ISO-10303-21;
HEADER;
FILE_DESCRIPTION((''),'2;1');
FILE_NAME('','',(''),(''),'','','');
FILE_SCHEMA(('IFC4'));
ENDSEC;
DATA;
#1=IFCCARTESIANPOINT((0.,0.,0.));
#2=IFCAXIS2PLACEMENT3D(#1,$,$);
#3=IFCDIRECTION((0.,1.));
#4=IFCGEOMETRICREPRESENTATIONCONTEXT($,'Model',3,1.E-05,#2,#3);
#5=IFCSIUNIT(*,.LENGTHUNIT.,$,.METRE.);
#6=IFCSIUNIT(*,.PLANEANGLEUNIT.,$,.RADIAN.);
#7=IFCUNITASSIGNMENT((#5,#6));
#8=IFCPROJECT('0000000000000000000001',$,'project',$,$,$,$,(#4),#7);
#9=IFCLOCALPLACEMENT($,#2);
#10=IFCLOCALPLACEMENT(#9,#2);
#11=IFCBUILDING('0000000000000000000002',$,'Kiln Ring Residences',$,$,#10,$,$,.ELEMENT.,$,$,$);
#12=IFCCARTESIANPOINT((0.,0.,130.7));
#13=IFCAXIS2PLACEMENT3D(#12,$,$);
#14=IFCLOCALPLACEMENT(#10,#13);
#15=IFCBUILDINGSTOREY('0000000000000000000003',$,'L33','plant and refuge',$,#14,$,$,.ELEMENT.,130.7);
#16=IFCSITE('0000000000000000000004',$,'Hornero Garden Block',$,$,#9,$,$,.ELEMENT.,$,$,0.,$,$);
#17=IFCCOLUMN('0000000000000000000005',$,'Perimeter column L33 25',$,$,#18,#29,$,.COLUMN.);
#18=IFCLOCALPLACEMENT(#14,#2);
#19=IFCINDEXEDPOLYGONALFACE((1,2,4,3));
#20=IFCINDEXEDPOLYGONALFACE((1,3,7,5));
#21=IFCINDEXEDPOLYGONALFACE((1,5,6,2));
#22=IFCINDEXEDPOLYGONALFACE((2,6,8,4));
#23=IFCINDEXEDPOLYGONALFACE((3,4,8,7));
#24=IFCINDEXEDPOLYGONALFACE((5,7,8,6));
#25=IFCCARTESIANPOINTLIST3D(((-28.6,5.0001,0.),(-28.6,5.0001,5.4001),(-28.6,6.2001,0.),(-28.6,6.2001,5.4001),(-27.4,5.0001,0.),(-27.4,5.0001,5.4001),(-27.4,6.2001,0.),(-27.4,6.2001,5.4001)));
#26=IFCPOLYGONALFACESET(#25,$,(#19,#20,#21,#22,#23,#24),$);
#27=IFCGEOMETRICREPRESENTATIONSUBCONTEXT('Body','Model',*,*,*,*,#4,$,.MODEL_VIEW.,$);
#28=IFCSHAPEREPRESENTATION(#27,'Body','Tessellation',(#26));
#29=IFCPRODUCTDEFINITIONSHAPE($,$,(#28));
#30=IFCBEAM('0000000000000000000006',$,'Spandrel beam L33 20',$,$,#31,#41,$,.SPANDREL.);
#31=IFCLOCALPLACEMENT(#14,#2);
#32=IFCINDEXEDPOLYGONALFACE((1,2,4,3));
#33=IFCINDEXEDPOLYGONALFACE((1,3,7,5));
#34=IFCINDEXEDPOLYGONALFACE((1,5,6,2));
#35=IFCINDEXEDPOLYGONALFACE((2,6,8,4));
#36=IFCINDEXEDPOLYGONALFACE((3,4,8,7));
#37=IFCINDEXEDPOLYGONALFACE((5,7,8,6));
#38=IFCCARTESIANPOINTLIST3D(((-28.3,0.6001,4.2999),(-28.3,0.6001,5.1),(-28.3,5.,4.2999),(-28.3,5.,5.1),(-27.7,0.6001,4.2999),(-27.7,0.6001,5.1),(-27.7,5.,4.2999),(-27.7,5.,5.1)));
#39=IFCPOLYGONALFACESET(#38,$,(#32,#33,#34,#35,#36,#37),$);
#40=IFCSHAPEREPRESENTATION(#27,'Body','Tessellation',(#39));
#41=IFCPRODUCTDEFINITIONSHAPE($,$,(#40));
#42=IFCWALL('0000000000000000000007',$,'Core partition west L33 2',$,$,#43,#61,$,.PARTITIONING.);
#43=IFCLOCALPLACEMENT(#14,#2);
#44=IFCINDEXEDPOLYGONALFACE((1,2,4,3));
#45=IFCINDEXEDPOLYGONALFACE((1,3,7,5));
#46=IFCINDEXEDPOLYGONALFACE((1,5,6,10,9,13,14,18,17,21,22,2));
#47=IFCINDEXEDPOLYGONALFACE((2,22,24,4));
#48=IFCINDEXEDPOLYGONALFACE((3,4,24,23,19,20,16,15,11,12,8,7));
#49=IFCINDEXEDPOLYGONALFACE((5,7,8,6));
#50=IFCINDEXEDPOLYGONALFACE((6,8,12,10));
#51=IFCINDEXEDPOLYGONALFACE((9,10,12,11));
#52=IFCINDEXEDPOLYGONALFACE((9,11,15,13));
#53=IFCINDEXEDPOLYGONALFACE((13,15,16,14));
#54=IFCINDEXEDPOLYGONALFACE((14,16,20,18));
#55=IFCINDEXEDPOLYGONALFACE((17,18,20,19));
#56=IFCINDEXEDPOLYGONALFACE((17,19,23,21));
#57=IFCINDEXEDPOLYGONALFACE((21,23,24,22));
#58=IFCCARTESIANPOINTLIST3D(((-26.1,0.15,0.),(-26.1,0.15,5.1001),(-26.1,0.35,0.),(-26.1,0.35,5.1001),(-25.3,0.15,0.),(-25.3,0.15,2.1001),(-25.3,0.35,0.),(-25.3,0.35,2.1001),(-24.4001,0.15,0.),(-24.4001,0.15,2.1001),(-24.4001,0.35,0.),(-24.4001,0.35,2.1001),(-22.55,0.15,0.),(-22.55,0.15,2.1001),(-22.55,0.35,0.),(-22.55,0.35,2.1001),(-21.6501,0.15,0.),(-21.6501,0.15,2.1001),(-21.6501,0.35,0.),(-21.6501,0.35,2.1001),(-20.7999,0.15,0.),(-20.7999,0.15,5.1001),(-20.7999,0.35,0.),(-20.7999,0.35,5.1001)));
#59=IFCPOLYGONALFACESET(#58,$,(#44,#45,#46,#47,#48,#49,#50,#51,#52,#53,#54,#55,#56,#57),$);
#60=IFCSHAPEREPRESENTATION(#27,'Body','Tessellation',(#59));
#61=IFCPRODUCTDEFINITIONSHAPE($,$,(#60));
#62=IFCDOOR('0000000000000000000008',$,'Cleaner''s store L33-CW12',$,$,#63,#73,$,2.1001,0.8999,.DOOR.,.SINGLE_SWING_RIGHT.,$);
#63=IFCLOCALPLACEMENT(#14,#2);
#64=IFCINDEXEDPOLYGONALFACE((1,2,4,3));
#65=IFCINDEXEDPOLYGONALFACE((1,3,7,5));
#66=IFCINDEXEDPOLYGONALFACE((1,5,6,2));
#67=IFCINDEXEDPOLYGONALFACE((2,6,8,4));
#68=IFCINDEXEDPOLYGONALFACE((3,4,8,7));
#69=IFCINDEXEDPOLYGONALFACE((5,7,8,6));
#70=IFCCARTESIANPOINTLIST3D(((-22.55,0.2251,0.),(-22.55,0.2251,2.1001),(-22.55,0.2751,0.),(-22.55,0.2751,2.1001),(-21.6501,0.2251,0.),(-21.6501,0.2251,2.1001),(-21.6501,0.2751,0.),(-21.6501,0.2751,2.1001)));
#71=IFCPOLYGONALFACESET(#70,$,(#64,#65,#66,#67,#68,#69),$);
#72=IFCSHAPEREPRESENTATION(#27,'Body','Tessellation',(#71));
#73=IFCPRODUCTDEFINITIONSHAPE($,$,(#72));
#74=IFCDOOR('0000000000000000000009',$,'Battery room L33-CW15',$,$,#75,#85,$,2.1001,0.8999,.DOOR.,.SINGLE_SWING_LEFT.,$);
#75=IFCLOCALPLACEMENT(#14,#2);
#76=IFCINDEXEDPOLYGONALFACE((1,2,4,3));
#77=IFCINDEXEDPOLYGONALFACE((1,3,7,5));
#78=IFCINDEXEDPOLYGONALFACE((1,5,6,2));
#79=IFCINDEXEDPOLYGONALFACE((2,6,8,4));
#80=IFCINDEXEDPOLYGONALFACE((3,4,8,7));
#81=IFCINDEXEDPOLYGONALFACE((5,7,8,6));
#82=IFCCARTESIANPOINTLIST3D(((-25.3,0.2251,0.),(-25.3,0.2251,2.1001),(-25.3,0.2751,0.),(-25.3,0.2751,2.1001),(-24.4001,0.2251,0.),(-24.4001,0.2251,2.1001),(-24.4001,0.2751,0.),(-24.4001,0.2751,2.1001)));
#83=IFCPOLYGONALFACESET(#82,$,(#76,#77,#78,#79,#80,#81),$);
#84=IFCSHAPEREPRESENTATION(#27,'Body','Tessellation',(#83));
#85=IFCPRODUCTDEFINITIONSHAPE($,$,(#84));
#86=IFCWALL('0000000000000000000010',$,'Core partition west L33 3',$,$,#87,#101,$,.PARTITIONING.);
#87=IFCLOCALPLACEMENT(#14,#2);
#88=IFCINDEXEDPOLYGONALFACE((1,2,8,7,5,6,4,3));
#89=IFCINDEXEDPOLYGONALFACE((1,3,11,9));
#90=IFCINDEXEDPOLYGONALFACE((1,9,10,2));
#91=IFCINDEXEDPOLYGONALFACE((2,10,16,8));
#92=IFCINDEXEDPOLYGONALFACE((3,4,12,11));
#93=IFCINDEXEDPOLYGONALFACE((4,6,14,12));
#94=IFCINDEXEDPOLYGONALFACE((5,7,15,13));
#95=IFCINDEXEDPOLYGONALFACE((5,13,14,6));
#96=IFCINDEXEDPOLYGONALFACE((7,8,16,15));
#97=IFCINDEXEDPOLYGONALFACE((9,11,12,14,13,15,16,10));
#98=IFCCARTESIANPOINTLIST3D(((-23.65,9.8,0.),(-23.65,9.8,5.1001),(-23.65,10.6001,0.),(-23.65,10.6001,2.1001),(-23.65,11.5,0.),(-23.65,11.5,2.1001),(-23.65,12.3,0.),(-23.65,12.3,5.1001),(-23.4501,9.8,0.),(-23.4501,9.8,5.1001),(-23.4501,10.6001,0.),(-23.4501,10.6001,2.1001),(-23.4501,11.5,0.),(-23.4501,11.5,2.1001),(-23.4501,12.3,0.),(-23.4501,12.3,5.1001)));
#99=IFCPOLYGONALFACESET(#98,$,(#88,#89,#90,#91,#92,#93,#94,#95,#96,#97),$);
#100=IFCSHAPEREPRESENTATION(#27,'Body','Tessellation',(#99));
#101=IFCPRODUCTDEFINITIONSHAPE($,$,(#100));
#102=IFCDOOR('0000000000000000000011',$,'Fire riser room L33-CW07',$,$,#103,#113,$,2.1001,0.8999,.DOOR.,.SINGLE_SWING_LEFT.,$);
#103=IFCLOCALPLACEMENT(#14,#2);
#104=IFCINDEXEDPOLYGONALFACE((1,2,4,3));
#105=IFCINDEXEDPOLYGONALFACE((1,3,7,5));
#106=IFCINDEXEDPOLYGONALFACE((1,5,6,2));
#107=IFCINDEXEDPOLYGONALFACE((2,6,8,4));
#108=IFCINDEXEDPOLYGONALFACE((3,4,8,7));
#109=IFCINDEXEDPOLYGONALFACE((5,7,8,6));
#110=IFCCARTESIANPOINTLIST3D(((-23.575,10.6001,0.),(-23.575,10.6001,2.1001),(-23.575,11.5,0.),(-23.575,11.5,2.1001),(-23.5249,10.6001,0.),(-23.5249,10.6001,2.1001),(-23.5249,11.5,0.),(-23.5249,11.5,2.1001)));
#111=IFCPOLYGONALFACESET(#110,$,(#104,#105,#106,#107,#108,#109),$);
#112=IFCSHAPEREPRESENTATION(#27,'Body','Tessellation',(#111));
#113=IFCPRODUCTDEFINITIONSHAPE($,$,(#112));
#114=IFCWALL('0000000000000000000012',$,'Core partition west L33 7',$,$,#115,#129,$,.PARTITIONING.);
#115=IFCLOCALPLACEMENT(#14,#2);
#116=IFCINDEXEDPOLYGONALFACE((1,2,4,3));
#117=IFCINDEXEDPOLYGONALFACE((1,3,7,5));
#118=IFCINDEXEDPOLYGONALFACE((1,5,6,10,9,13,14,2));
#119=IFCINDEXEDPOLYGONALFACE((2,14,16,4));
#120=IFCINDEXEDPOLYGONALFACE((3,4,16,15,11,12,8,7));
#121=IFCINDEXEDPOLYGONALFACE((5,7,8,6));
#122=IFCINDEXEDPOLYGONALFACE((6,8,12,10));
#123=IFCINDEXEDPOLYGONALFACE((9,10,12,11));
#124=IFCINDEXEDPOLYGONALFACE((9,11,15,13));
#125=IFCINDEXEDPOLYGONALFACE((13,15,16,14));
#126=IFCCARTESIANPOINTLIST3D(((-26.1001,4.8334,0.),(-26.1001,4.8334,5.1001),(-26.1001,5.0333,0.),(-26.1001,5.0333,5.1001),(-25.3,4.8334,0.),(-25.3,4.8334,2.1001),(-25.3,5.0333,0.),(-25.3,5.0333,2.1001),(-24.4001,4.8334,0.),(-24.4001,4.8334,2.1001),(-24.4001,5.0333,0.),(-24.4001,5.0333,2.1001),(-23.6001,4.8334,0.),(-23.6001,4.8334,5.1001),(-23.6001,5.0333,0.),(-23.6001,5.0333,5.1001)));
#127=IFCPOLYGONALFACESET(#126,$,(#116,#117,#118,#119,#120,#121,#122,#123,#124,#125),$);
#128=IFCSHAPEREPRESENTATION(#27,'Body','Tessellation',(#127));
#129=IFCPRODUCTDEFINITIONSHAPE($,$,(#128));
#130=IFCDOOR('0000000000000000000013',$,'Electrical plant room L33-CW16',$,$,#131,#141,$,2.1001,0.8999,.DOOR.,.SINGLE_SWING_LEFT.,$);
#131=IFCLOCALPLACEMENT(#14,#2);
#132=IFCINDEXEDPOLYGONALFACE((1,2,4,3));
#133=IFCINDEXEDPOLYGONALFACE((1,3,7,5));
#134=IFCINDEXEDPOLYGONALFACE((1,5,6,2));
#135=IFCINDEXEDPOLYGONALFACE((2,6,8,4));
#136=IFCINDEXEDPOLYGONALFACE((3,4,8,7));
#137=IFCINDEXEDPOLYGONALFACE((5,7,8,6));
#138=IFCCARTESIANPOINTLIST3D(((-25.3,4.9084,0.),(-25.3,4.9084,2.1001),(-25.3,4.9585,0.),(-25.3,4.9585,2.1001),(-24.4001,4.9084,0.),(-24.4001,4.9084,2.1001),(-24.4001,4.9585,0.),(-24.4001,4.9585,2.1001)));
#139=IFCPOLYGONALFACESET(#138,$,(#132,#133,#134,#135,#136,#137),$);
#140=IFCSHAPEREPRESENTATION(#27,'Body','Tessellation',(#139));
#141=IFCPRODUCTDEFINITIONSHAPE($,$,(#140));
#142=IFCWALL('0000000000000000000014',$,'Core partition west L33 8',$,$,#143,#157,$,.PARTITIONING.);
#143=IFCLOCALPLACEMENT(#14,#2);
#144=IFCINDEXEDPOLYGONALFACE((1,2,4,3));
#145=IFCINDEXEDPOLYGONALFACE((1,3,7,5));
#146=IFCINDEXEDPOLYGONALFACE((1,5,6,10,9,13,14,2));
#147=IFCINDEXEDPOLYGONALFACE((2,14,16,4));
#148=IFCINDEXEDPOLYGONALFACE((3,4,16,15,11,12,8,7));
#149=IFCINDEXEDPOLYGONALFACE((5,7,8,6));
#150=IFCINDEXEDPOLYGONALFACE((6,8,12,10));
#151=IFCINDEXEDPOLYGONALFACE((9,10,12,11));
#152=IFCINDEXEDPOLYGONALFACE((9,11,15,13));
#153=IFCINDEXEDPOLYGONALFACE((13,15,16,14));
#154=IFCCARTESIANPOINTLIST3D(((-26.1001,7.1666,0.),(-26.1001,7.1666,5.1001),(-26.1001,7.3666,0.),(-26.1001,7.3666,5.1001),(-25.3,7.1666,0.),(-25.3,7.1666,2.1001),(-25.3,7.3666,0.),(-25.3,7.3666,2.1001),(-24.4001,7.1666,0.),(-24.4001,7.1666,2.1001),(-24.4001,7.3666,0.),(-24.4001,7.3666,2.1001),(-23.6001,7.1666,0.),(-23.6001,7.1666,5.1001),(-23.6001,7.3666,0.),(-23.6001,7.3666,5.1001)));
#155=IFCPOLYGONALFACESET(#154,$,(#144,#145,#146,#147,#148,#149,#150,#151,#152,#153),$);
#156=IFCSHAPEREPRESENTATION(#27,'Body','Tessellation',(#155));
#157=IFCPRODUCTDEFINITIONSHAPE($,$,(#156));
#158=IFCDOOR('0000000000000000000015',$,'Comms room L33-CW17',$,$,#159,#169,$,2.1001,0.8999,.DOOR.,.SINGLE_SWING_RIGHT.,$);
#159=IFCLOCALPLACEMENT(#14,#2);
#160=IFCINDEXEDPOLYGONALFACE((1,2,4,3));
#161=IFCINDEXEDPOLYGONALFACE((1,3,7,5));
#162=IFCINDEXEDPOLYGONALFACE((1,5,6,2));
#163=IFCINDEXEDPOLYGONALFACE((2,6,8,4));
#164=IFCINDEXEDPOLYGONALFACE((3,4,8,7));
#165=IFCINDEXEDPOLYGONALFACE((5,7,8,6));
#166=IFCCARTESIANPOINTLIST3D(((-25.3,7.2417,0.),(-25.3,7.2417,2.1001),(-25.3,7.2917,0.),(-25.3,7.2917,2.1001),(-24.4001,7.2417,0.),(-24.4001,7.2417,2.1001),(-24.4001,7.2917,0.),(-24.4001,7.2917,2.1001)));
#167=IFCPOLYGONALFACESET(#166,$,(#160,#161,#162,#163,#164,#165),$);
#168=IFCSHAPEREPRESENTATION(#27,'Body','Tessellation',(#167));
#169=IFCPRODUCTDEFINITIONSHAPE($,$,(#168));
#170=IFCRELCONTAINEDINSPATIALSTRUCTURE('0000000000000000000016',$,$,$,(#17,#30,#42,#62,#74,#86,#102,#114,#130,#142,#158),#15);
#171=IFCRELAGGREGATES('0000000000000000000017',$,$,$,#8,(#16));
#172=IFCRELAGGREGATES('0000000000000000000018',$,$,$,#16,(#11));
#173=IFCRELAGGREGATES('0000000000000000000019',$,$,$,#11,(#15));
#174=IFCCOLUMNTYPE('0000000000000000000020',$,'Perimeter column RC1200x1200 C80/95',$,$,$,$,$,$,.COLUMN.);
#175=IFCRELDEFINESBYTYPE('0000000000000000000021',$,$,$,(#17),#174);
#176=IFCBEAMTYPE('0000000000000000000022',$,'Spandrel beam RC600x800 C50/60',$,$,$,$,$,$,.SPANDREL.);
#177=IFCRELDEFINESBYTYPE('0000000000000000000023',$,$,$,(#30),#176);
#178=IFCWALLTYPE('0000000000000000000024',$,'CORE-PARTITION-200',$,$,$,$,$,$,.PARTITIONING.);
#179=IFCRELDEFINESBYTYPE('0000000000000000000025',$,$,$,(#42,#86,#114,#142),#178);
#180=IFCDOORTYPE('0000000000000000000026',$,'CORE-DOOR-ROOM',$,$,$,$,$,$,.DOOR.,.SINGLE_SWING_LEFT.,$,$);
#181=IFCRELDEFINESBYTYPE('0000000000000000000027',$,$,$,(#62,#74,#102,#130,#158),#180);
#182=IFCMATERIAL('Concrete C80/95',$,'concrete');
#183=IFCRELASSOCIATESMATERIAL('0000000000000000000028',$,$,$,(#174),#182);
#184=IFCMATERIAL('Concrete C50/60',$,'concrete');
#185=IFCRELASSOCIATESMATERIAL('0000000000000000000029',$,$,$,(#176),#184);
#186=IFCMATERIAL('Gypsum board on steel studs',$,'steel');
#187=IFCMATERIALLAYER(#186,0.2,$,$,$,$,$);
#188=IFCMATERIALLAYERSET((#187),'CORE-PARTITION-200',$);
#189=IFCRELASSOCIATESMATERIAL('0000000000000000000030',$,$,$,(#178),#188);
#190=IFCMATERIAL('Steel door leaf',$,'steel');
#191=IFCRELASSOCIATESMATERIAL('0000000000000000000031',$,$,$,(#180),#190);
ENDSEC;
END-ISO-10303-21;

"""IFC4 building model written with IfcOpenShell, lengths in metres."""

from ifc_helpers import new_model, si_unit, direction, frame, frame_2d, origin, origin_2d, place, context, subcontext, project, spatial, rectangle, extrude, material, layer, layer_set, material_profile, profile_set, type_object, element, fill, save


model = new_model("IFC4")

# Units and contexts
model_context = context("Model", 3, precision=1e-05, world=origin(), true_north=direction((0.0, 1.0)))
body_context = subcontext(model_context, "Body", "Model", "MODEL_VIEW")
ifc_project = project(units=[si_unit("LENGTHUNIT", "METRE"), si_unit("PLANEANGLEUNIT", "RADIAN")], contexts=[model_context])

# Site, building, storey
site_placement = place(None, origin())
site = spatial("IfcSite", under=ifc_project, at=site_placement, Name="Hornero Garden Block", CompositionType="ELEMENT", RefElevation=0.0)
building_placement = place(site_placement, origin())
building = spatial("IfcBuilding", under=site, at=building_placement, Name="Kiln Ring Residences", CompositionType="ELEMENT")
storey_placement = place(building_placement, frame((0.0, 0.0, 130.7)))
storey = spatial("IfcBuildingStorey", under=building, at=storey_placement, Name="L33", Description="plant and refuge", CompositionType="ELEMENT", Elevation=130.7)

# Column
ifc_material_1 = material(Name="Concrete C80/95", Category="concrete")
ifc_material_profile_1 = material_profile(ifc_material_1, rectangle(XDim=1.2, YDim=1.2, at=origin_2d()), Name="RC1200x1200")
ifc_profile_set_1 = profile_set([ifc_material_profile_1], Name="Concrete C80/95")
column_type = type_object("IfcColumnType", Name="Perimeter column RC1200x1200 C80/95", PredefinedType="COLUMN", material=ifc_profile_set_1)
column_placement = place(storey_placement, frame((-28.0, 5.6001, 0.0), z_axis=(0.0, 0.0, 1.0), x_axis=(1.0, 0.0, 0.0)))
element("IfcColumn", 1, at=column_placement, inside=storey, type_object=column_type, Name="Perimeter column L33 25", PredefinedType="COLUMN", context=body_context, shape_type="SweptSolid", body=[
    extrude(rectangle(XDim=1.2, YDim=1.2, at=origin_2d()), origin(), (0.0, 0.0, 1.0), 5.4001),
])

# Beam
ifc_material_2 = material(Name="Concrete C50/60", Category="concrete")
ifc_material_profile_2 = material_profile(ifc_material_2, rectangle(XDim=0.6001, YDim=0.8, at=origin_2d()), Name="RC600x800")
ifc_profile_set_2 = profile_set([ifc_material_profile_2], Name="Concrete C50/60")
beam_type = type_object("IfcBeamType", Name="Spandrel beam RC600x800 C50/60", PredefinedType="SPANDREL", material=ifc_profile_set_2)
beam_placement = place(storey_placement, frame((-28.0, 5.0, 4.7), z_axis=(0.0, -1.0, 0.0), x_axis=(1.0, 0.0, 0.0)))
element("IfcBeam", 2, at=beam_placement, inside=storey, type_object=beam_type, Name="Spandrel beam L33 20", PredefinedType="SPANDREL", context=body_context, shape_type="SweptSolid", body=[
    extrude(rectangle(XDim=0.6001, YDim=0.8, at=origin_2d()), origin(), (0.0, 0.0, 1.0), 4.3999),
])

# Wall, openings, doors
ifc_material_3 = material(Name="Gypsum board on steel studs", Category="steel")
ifc_layer_1 = layer(ifc_material_3, 0.2)
ifc_layer_set_1 = layer_set([ifc_layer_1], Name="CORE-PARTITION-200")
wall_type_1 = type_object("IfcWallType", Name="CORE-PARTITION-200", PredefinedType="PARTITIONING", material=ifc_layer_set_1)
wall_1_placement = place(storey_placement, frame((-20.8, 0.25, 0.0), z_axis=(0.0, 0.0, 1.0), x_axis=(-1.0, 0.0, 0.0)))
wall_1 = element("IfcWall", 3, at=wall_1_placement, inside=storey, type_object=wall_type_1, Name="Core partition west L33 2", PredefinedType="PARTITIONING", context=body_context, shape_type="SweptSolid", body=[
    extrude(rectangle(XDim=5.3, YDim=0.2, at=frame_2d((2.6499, 0.0))), origin(), (0.0, 0.0, 1.0), 5.1001),
])
opening_1_placement = place(wall_1_placement, frame((0.8501, 0.0, 0.0)))
opening_1 = element("IfcOpeningElement", 4, at=opening_1_placement, cuts=wall_1, PredefinedType="OPENING", context=body_context, shape_type="SweptSolid", body=[
    extrude(rectangle(XDim=0.8999, YDim=2.1001, at=frame_2d((0.45, 1.05))), frame((0.0, 0.1099, 0.0), z_axis=(0.0, -1.0, 0.0), x_axis=(1.0, 0.0, 0.0)), (0.0, 0.0, 1.0), 0.22),
])
opening_2_placement = place(wall_1_placement, frame((3.6001, 0.0, 0.0)))
opening_2 = element("IfcOpeningElement", 5, at=opening_2_placement, cuts=wall_1, PredefinedType="OPENING", context=body_context, shape_type="SweptSolid", body=[
    extrude(rectangle(XDim=0.8999, YDim=2.1001, at=frame_2d((0.45, 1.05))), frame((0.0, 0.1099, 0.0), z_axis=(0.0, -1.0, 0.0), x_axis=(1.0, 0.0, 0.0)), (0.0, 0.0, 1.0), 0.22),
])
ifc_material_4 = material(Name="Steel door leaf", Category="steel")
door_type = type_object("IfcDoorType", Name="CORE-DOOR-ROOM", OperationType="SINGLE_SWING_LEFT", PredefinedType="DOOR", material=ifc_material_4)
door_1_placement = place(opening_1_placement, origin())
door_1 = element("IfcDoor", 6, at=door_1_placement, inside=storey, type_object=door_type, Name="Cleaner's store L33-CW12", OperationType="SINGLE_SWING_RIGHT", OverallHeight=2.1001, OverallWidth=0.8999, PredefinedType="DOOR", context=body_context, shape_type="SweptSolid", body=[
    extrude(rectangle(XDim=0.8999, YDim=2.1001, at=frame_2d((0.45, 1.05))), frame((0.0, 0.0249, 0.0), z_axis=(0.0, -1.0, 0.0), x_axis=(1.0, 0.0, 0.0)), (0.0, 0.0, 1.0), 0.05),
])
fill(opening_1, door_1)
door_2_placement = place(opening_2_placement, origin())
door_2 = element("IfcDoor", 7, at=door_2_placement, inside=storey, type_object=door_type, Name="Battery room L33-CW15", OperationType="SINGLE_SWING_LEFT", OverallHeight=2.1001, OverallWidth=0.8999, PredefinedType="DOOR", context=body_context, shape_type="SweptSolid", body=[
    extrude(rectangle(XDim=0.8999, YDim=2.1001, at=frame_2d((0.45, 1.05))), frame((0.0, 0.0249, 0.0), z_axis=(0.0, -1.0, 0.0), x_axis=(1.0, 0.0, 0.0)), (0.0, 0.0, 1.0), 0.05),
])
fill(opening_2, door_2)

# Walls, openings, doors
wall_2_placement = place(storey_placement, frame((-23.55, 9.8, 0.0), z_axis=(0.0, 0.0, 1.0), x_axis=(0.0, 1.0, 0.0)))
wall_2 = element("IfcWall", 8, at=wall_2_placement, inside=storey, type_object=wall_type_1, Name="Core partition west L33 3", PredefinedType="PARTITIONING", context=body_context, shape_type="SweptSolid", body=[
    extrude(rectangle(XDim=2.5, YDim=0.2, at=frame_2d((1.25, 0.0))), origin(), (0.0, 0.0, 1.0), 5.1001),
])
opening_3_placement = place(wall_2_placement, frame((0.8, 0.0, 0.0)))
opening_3 = element("IfcOpeningElement", 9, at=opening_3_placement, cuts=wall_2, PredefinedType="OPENING", context=body_context, shape_type="SweptSolid", body=[
    extrude(rectangle(XDim=0.8999, YDim=2.1001, at=frame_2d((0.45, 1.05))), frame((0.0, 0.1099, 0.0), z_axis=(0.0, -1.0, 0.0), x_axis=(1.0, 0.0, 0.0)), (0.0, 0.0, 1.0), 0.22),
])
door_3_placement = place(opening_3_placement, origin())
door_3 = element("IfcDoor", 10, at=door_3_placement, inside=storey, type_object=door_type, Name="Fire riser room L33-CW07", OperationType="SINGLE_SWING_LEFT", OverallHeight=2.1001, OverallWidth=0.8999, PredefinedType="DOOR", context=body_context, shape_type="SweptSolid", body=[
    extrude(rectangle(XDim=0.8999, YDim=2.1001, at=frame_2d((0.45, 1.05))), frame((0.0, 0.0249, 0.0), z_axis=(0.0, -1.0, 0.0), x_axis=(1.0, 0.0, 0.0)), (0.0, 0.0, 1.0), 0.05),
])
fill(opening_3, door_3)
wall_3_placement = place(storey_placement, frame((-23.6001, 4.9333, 0.0), z_axis=(0.0, 0.0, 1.0), x_axis=(-1.0, 0.0, 0.0)))
wall_3 = element("IfcWall", 11, at=wall_3_placement, inside=storey, type_object=wall_type_1, Name="Core partition west L33 7", PredefinedType="PARTITIONING", context=body_context, shape_type="SweptSolid", body=[
    extrude(rectangle(XDim=2.5, YDim=0.2, at=frame_2d((1.25, 0.0))), origin(), (0.0, 0.0, 1.0), 5.1001),
])
opening_4_placement = place(wall_3_placement, frame((0.8, 0.0, 0.0)))
opening_4 = element("IfcOpeningElement", 12, at=opening_4_placement, cuts=wall_3, PredefinedType="OPENING", context=body_context, shape_type="SweptSolid", body=[
    extrude(rectangle(XDim=0.8999, YDim=2.1001, at=frame_2d((0.45, 1.05))), frame((0.0, 0.1099, 0.0), z_axis=(0.0, -1.0, 0.0), x_axis=(1.0, 0.0, 0.0)), (0.0, 0.0, 1.0), 0.22),
])
door_4_placement = place(opening_4_placement, origin())
door_4 = element("IfcDoor", 13, at=door_4_placement, inside=storey, type_object=door_type, Name="Electrical plant room L33-CW16", OperationType="SINGLE_SWING_LEFT", OverallHeight=2.1001, OverallWidth=0.8999, PredefinedType="DOOR", context=body_context, shape_type="SweptSolid", body=[
    extrude(rectangle(XDim=0.8999, YDim=2.1001, at=frame_2d((0.45, 1.05))), frame((0.0, 0.0249, 0.0), z_axis=(0.0, -1.0, 0.0), x_axis=(1.0, 0.0, 0.0)), (0.0, 0.0, 1.0), 0.05),
])
fill(opening_4, door_4)
wall_4_placement = place(storey_placement, frame((-23.6001, 7.2666, 0.0), z_axis=(0.0, 0.0, 1.0), x_axis=(-1.0, 0.0, 0.0)))
wall_4 = element("IfcWall", 14, at=wall_4_placement, inside=storey, type_object=wall_type_1, Name="Core partition west L33 8", PredefinedType="PARTITIONING", context=body_context, shape_type="SweptSolid", body=[
    extrude(rectangle(XDim=2.5, YDim=0.2, at=frame_2d((1.25, 0.0))), origin(), (0.0, 0.0, 1.0), 5.1001),
])
opening_5_placement = place(wall_4_placement, frame((0.8, 0.0, 0.0)))
opening_5 = element("IfcOpeningElement", 15, at=opening_5_placement, cuts=wall_4, PredefinedType="OPENING", context=body_context, shape_type="SweptSolid", body=[
    extrude(rectangle(XDim=0.8999, YDim=2.1001, at=frame_2d((0.45, 1.05))), frame((0.0, 0.1099, 0.0), z_axis=(0.0, -1.0, 0.0), x_axis=(1.0, 0.0, 0.0)), (0.0, 0.0, 1.0), 0.22),
])
door_5_placement = place(opening_5_placement, origin())
door_5 = element("IfcDoor", 16, at=door_5_placement, inside=storey, type_object=door_type, Name="Comms room L33-CW17", OperationType="SINGLE_SWING_RIGHT", OverallHeight=2.1001, OverallWidth=0.8999, PredefinedType="DOOR", context=body_context, shape_type="SweptSolid", body=[
    extrude(rectangle(XDim=0.8999, YDim=2.1001, at=frame_2d((0.45, 1.05))), frame((0.0, 0.0249, 0.0), z_axis=(0.0, -1.0, 0.0), x_axis=(1.0, 0.0, 0.0)), (0.0, 0.0, 1.0), 0.05),
])
fill(opening_5, door_5)

save(model, "model.ifc")
